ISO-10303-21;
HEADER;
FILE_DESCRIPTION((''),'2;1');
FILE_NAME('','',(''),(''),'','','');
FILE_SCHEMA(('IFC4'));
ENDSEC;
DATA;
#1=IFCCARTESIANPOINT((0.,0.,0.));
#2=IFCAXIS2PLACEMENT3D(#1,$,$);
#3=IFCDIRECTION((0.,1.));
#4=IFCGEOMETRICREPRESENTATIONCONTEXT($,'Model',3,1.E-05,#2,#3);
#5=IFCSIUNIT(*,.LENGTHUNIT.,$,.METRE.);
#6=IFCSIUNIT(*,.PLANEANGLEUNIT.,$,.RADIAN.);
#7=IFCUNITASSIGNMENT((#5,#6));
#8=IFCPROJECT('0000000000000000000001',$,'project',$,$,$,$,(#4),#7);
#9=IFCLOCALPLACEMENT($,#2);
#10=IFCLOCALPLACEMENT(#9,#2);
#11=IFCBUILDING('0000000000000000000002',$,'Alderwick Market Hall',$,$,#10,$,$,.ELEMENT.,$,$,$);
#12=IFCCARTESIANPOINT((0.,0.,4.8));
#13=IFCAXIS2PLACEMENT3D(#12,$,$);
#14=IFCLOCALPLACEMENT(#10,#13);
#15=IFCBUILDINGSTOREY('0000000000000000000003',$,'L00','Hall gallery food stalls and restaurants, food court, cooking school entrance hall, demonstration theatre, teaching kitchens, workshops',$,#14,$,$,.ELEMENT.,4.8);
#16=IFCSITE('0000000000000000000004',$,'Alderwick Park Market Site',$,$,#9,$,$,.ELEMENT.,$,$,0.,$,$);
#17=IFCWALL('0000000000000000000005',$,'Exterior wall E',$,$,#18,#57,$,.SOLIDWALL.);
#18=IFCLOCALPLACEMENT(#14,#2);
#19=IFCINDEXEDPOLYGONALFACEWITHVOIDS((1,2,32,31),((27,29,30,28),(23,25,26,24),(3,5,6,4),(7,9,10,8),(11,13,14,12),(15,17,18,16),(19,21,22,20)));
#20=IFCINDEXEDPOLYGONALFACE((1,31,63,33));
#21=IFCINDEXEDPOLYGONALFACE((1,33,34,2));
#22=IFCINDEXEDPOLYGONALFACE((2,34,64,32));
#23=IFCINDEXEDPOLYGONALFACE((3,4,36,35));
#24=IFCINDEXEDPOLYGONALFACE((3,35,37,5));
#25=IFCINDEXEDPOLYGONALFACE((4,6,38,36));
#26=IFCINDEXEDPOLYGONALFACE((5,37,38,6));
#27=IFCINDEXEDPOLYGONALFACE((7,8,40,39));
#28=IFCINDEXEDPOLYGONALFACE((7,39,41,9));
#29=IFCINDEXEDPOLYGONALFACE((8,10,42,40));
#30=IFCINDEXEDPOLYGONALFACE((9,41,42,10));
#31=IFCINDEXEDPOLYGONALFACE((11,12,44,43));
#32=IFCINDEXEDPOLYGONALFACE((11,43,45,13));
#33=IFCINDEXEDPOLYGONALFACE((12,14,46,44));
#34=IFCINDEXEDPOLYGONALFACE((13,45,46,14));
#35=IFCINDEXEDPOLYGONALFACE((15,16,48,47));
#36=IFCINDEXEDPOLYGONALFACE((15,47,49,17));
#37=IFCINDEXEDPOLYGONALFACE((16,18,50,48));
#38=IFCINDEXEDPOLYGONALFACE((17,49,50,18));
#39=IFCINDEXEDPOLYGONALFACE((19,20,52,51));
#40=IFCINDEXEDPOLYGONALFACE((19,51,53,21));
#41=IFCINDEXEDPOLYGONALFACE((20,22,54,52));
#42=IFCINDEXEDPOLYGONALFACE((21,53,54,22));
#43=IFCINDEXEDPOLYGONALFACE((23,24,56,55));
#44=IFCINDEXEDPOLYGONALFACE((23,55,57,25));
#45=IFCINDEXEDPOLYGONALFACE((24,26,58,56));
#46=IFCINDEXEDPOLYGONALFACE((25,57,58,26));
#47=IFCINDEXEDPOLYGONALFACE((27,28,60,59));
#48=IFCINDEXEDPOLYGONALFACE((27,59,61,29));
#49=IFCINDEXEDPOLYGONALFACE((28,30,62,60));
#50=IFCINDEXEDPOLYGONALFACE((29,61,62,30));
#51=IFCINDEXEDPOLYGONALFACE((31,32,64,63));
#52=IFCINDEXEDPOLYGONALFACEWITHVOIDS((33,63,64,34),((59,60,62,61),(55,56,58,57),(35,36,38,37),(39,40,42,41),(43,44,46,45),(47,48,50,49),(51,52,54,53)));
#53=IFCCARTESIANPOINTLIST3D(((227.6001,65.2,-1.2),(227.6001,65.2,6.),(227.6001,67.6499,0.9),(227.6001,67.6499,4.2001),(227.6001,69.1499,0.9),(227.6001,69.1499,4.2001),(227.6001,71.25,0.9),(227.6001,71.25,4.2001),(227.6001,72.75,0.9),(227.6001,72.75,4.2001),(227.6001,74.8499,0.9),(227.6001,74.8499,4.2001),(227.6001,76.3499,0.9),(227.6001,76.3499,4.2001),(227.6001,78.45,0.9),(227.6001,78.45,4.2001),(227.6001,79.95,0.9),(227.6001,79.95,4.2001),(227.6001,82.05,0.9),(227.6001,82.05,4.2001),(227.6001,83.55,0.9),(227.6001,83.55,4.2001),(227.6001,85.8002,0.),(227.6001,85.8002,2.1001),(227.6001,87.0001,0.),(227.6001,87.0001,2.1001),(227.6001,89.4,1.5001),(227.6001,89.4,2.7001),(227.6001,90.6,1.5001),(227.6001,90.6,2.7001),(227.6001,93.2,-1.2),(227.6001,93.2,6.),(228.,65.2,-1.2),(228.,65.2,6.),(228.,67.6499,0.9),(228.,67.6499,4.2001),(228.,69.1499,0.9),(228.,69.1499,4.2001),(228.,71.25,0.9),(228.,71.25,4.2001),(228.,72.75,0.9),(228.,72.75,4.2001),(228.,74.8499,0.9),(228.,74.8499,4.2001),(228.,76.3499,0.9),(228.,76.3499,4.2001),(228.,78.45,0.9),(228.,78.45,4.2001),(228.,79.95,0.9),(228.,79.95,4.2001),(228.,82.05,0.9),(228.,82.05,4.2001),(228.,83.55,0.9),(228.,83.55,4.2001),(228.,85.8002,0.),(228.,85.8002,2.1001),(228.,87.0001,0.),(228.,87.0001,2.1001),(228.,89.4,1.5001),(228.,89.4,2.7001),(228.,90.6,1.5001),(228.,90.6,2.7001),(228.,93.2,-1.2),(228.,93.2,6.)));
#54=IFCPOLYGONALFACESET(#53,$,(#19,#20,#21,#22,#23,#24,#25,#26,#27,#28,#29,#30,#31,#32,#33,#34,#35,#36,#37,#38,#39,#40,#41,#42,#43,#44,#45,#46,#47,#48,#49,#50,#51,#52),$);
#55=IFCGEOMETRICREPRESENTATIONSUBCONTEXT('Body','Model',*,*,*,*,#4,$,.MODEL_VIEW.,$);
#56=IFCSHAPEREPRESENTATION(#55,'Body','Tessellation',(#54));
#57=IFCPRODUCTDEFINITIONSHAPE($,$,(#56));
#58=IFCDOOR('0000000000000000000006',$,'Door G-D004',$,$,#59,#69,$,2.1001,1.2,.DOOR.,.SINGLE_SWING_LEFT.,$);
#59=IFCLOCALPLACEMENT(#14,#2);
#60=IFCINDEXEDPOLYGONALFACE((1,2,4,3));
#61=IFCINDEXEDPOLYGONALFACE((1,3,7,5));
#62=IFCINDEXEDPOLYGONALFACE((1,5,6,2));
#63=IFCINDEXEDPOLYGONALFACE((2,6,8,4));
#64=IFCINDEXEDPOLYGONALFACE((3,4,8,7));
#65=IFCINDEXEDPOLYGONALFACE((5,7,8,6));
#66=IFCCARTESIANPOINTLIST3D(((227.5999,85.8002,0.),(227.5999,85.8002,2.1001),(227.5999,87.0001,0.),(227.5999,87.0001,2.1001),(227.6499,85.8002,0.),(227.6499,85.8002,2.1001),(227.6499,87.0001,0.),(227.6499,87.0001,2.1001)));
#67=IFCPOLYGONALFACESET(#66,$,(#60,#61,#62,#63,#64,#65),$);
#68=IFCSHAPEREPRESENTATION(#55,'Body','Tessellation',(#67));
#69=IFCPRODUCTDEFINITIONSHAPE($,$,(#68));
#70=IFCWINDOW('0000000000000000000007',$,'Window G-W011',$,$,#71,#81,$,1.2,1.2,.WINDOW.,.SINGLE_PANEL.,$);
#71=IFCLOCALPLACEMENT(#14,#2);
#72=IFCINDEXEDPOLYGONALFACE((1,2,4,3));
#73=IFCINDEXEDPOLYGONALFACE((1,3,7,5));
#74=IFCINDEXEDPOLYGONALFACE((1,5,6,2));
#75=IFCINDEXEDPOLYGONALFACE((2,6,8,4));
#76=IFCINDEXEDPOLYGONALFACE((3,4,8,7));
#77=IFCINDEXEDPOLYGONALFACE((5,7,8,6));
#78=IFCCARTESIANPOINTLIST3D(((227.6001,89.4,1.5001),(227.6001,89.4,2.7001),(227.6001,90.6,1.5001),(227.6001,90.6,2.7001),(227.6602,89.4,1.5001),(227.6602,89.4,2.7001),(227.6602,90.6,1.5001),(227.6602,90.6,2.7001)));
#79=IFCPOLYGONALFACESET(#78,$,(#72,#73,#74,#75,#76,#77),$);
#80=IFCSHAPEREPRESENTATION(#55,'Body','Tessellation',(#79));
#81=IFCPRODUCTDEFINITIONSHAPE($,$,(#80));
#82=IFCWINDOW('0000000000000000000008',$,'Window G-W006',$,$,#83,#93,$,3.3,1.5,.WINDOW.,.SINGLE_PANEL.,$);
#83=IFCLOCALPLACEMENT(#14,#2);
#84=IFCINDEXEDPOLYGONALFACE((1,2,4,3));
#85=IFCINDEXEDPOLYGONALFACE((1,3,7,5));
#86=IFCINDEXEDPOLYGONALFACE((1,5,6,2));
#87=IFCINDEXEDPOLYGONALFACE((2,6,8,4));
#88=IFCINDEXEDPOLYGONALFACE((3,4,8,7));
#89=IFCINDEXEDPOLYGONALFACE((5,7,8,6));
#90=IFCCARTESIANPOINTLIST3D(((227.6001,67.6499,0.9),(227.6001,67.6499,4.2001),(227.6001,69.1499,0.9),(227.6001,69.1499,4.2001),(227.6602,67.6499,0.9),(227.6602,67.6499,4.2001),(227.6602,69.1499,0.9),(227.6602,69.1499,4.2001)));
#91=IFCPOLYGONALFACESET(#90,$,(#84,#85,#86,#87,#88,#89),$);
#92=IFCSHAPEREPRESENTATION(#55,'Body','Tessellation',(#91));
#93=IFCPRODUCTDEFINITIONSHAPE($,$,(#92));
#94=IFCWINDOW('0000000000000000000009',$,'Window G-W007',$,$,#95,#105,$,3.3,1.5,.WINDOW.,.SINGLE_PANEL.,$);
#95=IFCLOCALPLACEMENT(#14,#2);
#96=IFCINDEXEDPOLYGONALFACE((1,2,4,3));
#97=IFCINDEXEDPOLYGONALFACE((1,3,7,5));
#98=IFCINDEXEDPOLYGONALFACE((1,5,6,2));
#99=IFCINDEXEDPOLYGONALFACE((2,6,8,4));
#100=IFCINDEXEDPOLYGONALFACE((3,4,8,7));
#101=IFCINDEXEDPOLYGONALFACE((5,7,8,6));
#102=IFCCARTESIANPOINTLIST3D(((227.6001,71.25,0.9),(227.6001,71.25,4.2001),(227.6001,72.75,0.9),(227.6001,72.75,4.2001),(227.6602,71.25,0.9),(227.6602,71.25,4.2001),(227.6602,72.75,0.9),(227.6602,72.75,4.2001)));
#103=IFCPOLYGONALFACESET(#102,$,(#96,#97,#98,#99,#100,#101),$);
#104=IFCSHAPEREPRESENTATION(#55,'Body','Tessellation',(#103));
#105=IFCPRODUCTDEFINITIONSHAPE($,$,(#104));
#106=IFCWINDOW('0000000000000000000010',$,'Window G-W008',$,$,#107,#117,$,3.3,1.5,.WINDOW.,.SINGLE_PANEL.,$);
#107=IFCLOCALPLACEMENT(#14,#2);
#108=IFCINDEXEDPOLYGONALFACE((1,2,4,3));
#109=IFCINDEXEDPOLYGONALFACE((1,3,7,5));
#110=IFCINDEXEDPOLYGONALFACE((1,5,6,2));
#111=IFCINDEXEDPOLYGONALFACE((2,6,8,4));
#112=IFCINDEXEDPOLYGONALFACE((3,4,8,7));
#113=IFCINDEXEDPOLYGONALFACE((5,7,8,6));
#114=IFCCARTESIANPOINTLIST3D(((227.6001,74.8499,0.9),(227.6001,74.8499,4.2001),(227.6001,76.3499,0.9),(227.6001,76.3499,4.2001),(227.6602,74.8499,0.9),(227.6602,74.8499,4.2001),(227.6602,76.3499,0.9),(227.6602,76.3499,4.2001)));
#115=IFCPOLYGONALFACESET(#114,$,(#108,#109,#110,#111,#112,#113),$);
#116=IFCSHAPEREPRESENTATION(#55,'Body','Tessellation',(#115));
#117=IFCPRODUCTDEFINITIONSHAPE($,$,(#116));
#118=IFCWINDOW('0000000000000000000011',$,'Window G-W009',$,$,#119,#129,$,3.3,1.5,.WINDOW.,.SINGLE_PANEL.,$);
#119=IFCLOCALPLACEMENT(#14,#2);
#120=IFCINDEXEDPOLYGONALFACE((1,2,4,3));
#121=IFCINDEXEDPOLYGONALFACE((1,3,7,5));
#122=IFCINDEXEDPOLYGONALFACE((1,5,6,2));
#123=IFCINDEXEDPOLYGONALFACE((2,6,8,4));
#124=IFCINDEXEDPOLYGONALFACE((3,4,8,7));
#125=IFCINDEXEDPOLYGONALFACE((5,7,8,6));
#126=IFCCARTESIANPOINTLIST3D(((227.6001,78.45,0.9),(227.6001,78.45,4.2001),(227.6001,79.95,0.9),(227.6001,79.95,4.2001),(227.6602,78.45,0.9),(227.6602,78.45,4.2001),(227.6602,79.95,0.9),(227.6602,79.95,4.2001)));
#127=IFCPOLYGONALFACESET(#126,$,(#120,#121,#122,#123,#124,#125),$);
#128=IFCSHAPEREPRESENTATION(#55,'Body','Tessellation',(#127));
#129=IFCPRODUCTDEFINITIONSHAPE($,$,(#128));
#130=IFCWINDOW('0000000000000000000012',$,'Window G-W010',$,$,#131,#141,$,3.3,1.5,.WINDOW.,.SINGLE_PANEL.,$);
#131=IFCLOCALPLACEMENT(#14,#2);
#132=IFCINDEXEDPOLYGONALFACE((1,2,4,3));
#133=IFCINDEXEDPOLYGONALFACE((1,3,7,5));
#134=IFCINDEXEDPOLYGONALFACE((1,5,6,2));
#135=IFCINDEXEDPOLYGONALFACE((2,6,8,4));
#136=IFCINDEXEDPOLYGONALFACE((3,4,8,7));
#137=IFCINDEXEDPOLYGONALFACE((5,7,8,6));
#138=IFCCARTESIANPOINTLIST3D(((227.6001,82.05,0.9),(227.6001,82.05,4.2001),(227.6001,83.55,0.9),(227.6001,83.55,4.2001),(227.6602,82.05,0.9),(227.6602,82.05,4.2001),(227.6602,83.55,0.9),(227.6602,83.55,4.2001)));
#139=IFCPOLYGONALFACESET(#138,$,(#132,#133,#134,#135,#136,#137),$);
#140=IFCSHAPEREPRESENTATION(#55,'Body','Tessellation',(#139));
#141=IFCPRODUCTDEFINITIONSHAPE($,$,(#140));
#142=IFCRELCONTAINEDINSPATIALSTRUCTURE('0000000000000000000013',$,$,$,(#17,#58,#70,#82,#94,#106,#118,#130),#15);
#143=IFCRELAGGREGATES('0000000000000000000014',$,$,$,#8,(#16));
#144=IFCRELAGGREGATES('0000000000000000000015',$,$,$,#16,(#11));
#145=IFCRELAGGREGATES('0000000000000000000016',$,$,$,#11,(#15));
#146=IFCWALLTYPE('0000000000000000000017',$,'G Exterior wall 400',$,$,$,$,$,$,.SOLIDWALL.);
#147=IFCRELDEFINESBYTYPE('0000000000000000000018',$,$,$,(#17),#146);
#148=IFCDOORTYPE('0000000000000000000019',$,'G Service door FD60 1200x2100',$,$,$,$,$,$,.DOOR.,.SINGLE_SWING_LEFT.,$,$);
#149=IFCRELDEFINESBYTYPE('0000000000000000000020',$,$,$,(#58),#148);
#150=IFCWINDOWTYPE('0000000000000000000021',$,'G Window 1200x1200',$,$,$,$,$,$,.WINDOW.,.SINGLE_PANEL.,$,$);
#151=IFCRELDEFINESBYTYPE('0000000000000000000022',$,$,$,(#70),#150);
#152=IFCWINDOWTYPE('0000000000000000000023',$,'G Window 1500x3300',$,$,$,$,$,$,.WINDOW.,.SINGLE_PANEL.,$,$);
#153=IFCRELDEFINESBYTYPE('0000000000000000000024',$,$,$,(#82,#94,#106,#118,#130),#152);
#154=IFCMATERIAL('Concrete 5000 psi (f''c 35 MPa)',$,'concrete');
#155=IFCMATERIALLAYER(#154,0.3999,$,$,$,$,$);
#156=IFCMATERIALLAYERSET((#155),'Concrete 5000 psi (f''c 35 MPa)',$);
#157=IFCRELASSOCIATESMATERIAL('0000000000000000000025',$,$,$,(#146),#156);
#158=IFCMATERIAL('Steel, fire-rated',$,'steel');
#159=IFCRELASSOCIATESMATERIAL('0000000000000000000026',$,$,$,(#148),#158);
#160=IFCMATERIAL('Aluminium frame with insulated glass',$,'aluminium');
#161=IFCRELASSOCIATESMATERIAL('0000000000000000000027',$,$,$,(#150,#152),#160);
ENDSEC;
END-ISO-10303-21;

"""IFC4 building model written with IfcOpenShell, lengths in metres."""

from ifc_helpers import new_model, si_unit, direction, frame, frame_2d, origin, place, context, subcontext, project, spatial, rectangle, extrude, material, layer, layer_set, type_object, element, fill, save


model = new_model("IFC4")

# Units and contexts
model_context = context("Model", 3, precision=1e-05, world=origin(), true_north=direction((0.0, 1.0)))
body_context = subcontext(model_context, "Body", "Model", "MODEL_VIEW")
ifc_project = project(units=[si_unit("LENGTHUNIT", "METRE"), si_unit("PLANEANGLEUNIT", "RADIAN")], contexts=[model_context])

# Site, building, storey
site_placement = place(None, origin())
site = spatial("IfcSite", under=ifc_project, at=site_placement, Name="Alderwick Park Market Site", CompositionType="ELEMENT", RefElevation=0.0)
building_placement = place(site_placement, origin())
building = spatial("IfcBuilding", under=site, at=building_placement, Name="Alderwick Market Hall", CompositionType="ELEMENT")
storey_placement = place(building_placement, frame((0.0, 0.0, 4.8)))
storey = spatial("IfcBuildingStorey", under=building, at=storey_placement, Name="L00", Description="Hall gallery food stalls and restaurants, food court, cooking school entrance hall, demonstration theatre, teaching kitchens, workshops", CompositionType="ELEMENT", Elevation=4.8)

# Shared definitions
ifc_material_1 = material(Name="Concrete 5000 psi (f'c 35 MPa)", Category="concrete")

# Wall, openings, door, windows
ifc_layer_1 = layer(ifc_material_1, 0.3999)
ifc_layer_set_1 = layer_set([ifc_layer_1], Name="Concrete 5000 psi (f'c 35 MPa)")
wall_type_1 = type_object("IfcWallType", Name="G Exterior wall 400", PredefinedType="SOLIDWALL", material=ifc_layer_set_1)
wall_1_placement = place(storey_placement, frame((227.8, 65.2, -1.2), z_axis=(0.0, 0.0, 1.0), x_axis=(0.0, 1.0, 0.0)))
wall_1 = element("IfcWall", 1, at=wall_1_placement, inside=storey, type_object=wall_type_1, Name="Exterior wall E", PredefinedType="SOLIDWALL", context=body_context, shape_type="SweptSolid", body=[
    extrude(rectangle(XDim=28.0, YDim=0.3999, at=frame_2d((14.0, 0.0))), origin(), (0.0, 0.0, 1.0), 7.2),
])
opening_1_placement = place(wall_1_placement, frame((20.6001, 0.0, 1.2)))
opening_1 = element("IfcOpeningElement", 2, at=opening_1_placement, cuts=wall_1, PredefinedType="OPENING", context=body_context, shape_type="SweptSolid", body=[
    extrude(rectangle(XDim=1.2, YDim=2.1001, at=frame_2d((0.6001, 1.05))), frame((0.0, 0.21, 0.0), z_axis=(0.0, -1.0, 0.0), x_axis=(1.0, 0.0, 0.0)), (0.0, 0.0, 1.0), 0.4199),
])
opening_2_placement = place(wall_1_placement, frame((2.45, 0.0, 2.1001)))
opening_2 = element("IfcOpeningElement", 3, at=opening_2_placement, cuts=wall_1, PredefinedType="OPENING", context=body_context, shape_type="SweptSolid", body=[
    extrude(rectangle(XDim=1.5, YDim=3.3, at=frame_2d((0.75, 1.6499))), frame((0.0, 0.21, 0.0), z_axis=(0.0, -1.0, 0.0), x_axis=(1.0, 0.0, 0.0)), (0.0, 0.0, 1.0), 0.4199),
])
opening_3_placement = place(wall_1_placement, frame((6.05, 0.0, 2.1001)))
opening_3 = element("IfcOpeningElement", 4, at=opening_3_placement, cuts=wall_1, PredefinedType="OPENING", context=body_context, shape_type="SweptSolid", body=[
    extrude(rectangle(XDim=1.5, YDim=3.3, at=frame_2d((0.75, 1.6499))), frame((0.0, 0.21, 0.0), z_axis=(0.0, -1.0, 0.0), x_axis=(1.0, 0.0, 0.0)), (0.0, 0.0, 1.0), 0.4199),
])
opening_4_placement = place(wall_1_placement, frame((9.6499, 0.0, 2.1001)))
opening_4 = element("IfcOpeningElement", 5, at=opening_4_placement, cuts=wall_1, PredefinedType="OPENING", context=body_context, shape_type="SweptSolid", body=[
    extrude(rectangle(XDim=1.5, YDim=3.3, at=frame_2d((0.75, 1.6499))), frame((0.0, 0.21, 0.0), z_axis=(0.0, -1.0, 0.0), x_axis=(1.0, 0.0, 0.0)), (0.0, 0.0, 1.0), 0.4199),
])
opening_5_placement = place(wall_1_placement, frame((13.25, 0.0, 2.1001)))
opening_5 = element("IfcOpeningElement", 6, at=opening_5_placement, cuts=wall_1, PredefinedType="OPENING", context=body_context, shape_type="SweptSolid", body=[
    extrude(rectangle(XDim=1.5, YDim=3.3, at=frame_2d((0.75, 1.6499))), frame((0.0, 0.21, 0.0), z_axis=(0.0, -1.0, 0.0), x_axis=(1.0, 0.0, 0.0)), (0.0, 0.0, 1.0), 0.4199),
])
opening_6_placement = place(wall_1_placement, frame((16.8501, 0.0, 2.1001)))
opening_6 = element("IfcOpeningElement", 7, at=opening_6_placement, cuts=wall_1, PredefinedType="OPENING", context=body_context, shape_type="SweptSolid", body=[
    extrude(rectangle(XDim=1.5, YDim=3.3, at=frame_2d((0.75, 1.6499))), frame((0.0, 0.21, 0.0), z_axis=(0.0, -1.0, 0.0), x_axis=(1.0, 0.0, 0.0)), (0.0, 0.0, 1.0), 0.4199),
])
opening_7_placement = place(wall_1_placement, frame((24.2, 0.0, 2.7)))
opening_7 = element("IfcOpeningElement", 8, at=opening_7_placement, cuts=wall_1, PredefinedType="OPENING", context=body_context, shape_type="SweptSolid", body=[
    extrude(rectangle(XDim=1.2, YDim=1.2, at=frame_2d((0.6001, 0.6001))), frame((0.0, 0.21, 0.0), z_axis=(0.0, -1.0, 0.0), x_axis=(1.0, 0.0, 0.0)), (0.0, 0.0, 1.0), 0.4199),
])
ifc_material_2 = material(Name="Steel, fire-rated", Category="steel")
door_type_1 = type_object("IfcDoorType", Name="G Service door FD60 1200x2100", OperationType="SINGLE_SWING_LEFT", PredefinedType="DOOR", material=ifc_material_2)
door_1_placement = place(opening_1_placement, origin())
door_1 = element("IfcDoor", 9, at=door_1_placement, inside=storey, type_object=door_type_1, Name="Door G-D004", OperationType="SINGLE_SWING_LEFT", OverallHeight=2.1001, OverallWidth=1.2, PredefinedType="DOOR", context=body_context, shape_type="SweptSolid", body=[
    extrude(rectangle(XDim=1.2, YDim=2.1001, at=frame_2d((0.6001, 1.05))), frame((0.0, 0.2002, 0.0), z_axis=(0.0, -1.0, 0.0), x_axis=(1.0, 0.0, 0.0)), (0.0, 0.0, 1.0), 0.05),
])
fill(opening_1, door_1)
ifc_material_3 = material(Name="Aluminium frame with insulated glass", Category="aluminium")
window_type_1 = type_object("IfcWindowType", Name="G Window 1200x1200", PartitioningType="SINGLE_PANEL", PredefinedType="WINDOW", material=ifc_material_3)
window_1_placement = place(opening_7_placement, origin())
window_1 = element("IfcWindow", 10, at=window_1_placement, inside=storey, type_object=window_type_1, Name="Window G-W011", OverallHeight=1.2, OverallWidth=1.2, PartitioningType="SINGLE_PANEL", PredefinedType="WINDOW", context=body_context, shape_type="SweptSolid", body=[
    extrude(rectangle(XDim=1.2, YDim=1.2, at=frame_2d((0.6001, 0.6001))), frame((0.0, 0.2, 0.0), z_axis=(0.0, -1.0, 0.0), x_axis=(1.0, 0.0, 0.0)), (0.0, 0.0, 1.0), 0.0601),
])
fill(opening_7, window_1)
window_type_2 = type_object("IfcWindowType", Name="G Window 1500x3300", PartitioningType="SINGLE_PANEL", PredefinedType="WINDOW", material=ifc_material_3)
window_2_placement = place(opening_2_placement, origin())
window_2 = element("IfcWindow", 11, at=window_2_placement, inside=storey, type_object=window_type_2, Name="Window G-W006", OverallHeight=3.3, OverallWidth=1.5, PartitioningType="SINGLE_PANEL", PredefinedType="WINDOW", context=body_context, shape_type="SweptSolid", body=[
    extrude(rectangle(XDim=1.5, YDim=3.3, at=frame_2d((0.75, 1.6499))), frame((0.0, 0.2, 0.0), z_axis=(0.0, -1.0, 0.0), x_axis=(1.0, 0.0, 0.0)), (0.0, 0.0, 1.0), 0.0601),
])
fill(opening_2, window_2)
window_3_placement = place(opening_3_placement, origin())
window_3 = element("IfcWindow", 12, at=window_3_placement, inside=storey, type_object=window_type_2, Name="Window G-W007", OverallHeight=3.3, OverallWidth=1.5, PartitioningType="SINGLE_PANEL", PredefinedType="WINDOW", context=body_context, shape_type="SweptSolid", body=[
    extrude(rectangle(XDim=1.5, YDim=3.3, at=frame_2d((0.75, 1.6499))), frame((0.0, 0.2, 0.0), z_axis=(0.0, -1.0, 0.0), x_axis=(1.0, 0.0, 0.0)), (0.0, 0.0, 1.0), 0.0601),
])
fill(opening_3, window_3)
window_4_placement = place(opening_4_placement, origin())
window_4 = element("IfcWindow", 13, at=window_4_placement, inside=storey, type_object=window_type_2, Name="Window G-W008", OverallHeight=3.3, OverallWidth=1.5, PartitioningType="SINGLE_PANEL", PredefinedType="WINDOW", context=body_context, shape_type="SweptSolid", body=[
    extrude(rectangle(XDim=1.5, YDim=3.3, at=frame_2d((0.75, 1.6499))), frame((0.0, 0.2, 0.0), z_axis=(0.0, -1.0, 0.0), x_axis=(1.0, 0.0, 0.0)), (0.0, 0.0, 1.0), 0.0601),
])
fill(opening_4, window_4)
window_5_placement = place(opening_5_placement, origin())
window_5 = element("IfcWindow", 14, at=window_5_placement, inside=storey, type_object=window_type_2, Name="Window G-W009", OverallHeight=3.3, OverallWidth=1.5, PartitioningType="SINGLE_PANEL", PredefinedType="WINDOW", context=body_context, shape_type="SweptSolid", body=[
    extrude(rectangle(XDim=1.5, YDim=3.3, at=frame_2d((0.75, 1.6499))), frame((0.0, 0.2, 0.0), z_axis=(0.0, -1.0, 0.0), x_axis=(1.0, 0.0, 0.0)), (0.0, 0.0, 1.0), 0.0601),
])
fill(opening_5, window_5)
window_6_placement = place(opening_6_placement, origin())
window_6 = element("IfcWindow", 15, at=window_6_placement, inside=storey, type_object=window_type_2, Name="Window G-W010", OverallHeight=3.3, OverallWidth=1.5, PartitioningType="SINGLE_PANEL", PredefinedType="WINDOW", context=body_context, shape_type="SweptSolid", body=[
    extrude(rectangle(XDim=1.5, YDim=3.3, at=frame_2d((0.75, 1.6499))), frame((0.0, 0.2, 0.0), z_axis=(0.0, -1.0, 0.0), x_axis=(1.0, 0.0, 0.0)), (0.0, 0.0, 1.0), 0.0601),
])
fill(opening_6, window_6)

save(model, "model.ifc")
